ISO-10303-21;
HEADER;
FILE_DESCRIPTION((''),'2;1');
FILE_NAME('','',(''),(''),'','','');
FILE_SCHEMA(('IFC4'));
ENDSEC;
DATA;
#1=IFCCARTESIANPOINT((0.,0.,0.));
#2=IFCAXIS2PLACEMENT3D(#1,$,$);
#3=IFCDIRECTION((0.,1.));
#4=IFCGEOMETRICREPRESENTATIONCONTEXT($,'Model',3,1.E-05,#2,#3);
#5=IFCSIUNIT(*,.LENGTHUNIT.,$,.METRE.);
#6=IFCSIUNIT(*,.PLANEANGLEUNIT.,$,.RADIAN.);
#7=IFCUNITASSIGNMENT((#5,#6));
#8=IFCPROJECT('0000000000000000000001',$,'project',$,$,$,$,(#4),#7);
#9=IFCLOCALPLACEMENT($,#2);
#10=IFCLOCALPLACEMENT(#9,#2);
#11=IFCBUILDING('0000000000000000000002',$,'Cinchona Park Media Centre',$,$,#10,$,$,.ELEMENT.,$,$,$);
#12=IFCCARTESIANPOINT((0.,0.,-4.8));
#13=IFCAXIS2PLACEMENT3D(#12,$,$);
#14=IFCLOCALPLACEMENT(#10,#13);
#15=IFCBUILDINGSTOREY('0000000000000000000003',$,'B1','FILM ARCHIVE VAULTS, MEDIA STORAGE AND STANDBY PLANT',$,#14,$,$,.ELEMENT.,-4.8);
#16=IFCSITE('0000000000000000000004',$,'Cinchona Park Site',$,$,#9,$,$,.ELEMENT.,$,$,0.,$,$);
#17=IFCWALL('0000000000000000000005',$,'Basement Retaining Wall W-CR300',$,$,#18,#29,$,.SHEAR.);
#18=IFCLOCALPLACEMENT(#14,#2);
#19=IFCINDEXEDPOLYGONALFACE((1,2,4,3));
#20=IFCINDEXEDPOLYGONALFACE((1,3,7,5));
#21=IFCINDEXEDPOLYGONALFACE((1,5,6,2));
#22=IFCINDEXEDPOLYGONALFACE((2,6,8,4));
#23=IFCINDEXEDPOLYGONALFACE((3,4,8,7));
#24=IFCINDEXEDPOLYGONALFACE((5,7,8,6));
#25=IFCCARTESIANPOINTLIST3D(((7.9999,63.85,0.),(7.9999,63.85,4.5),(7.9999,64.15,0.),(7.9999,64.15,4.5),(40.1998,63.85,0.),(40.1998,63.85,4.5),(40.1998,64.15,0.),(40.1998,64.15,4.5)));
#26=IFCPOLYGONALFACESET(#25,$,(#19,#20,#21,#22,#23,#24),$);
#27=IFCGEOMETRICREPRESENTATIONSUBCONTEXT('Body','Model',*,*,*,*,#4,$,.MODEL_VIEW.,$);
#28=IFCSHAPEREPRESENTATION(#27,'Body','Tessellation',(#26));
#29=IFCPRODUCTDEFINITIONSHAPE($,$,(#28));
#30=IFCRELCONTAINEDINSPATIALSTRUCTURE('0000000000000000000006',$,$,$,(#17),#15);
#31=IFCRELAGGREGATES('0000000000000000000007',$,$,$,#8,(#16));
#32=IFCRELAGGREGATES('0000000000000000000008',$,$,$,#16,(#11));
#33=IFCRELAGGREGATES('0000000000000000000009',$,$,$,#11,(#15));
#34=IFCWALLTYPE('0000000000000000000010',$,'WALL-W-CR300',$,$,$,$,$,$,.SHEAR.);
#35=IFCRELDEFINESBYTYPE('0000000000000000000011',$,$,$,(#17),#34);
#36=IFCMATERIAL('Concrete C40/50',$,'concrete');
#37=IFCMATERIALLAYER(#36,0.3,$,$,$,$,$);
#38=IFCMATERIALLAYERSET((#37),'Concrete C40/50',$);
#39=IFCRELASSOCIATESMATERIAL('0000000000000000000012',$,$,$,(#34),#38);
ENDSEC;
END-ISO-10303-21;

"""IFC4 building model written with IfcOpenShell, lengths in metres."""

from ifc_helpers import new_model, si_unit, direction, frame, frame_2d, origin, place, context, subcontext, project, spatial, rectangle, extrude, material, layer, layer_set, type_object, element, save


model = new_model("IFC4")

# Units and contexts
model_context = context("Model", 3, precision=1e-05, world=origin(), true_north=direction((0.0, 1.0)))
body_context = subcontext(model_context, "Body", "Model", "MODEL_VIEW")
ifc_project = project(units=[si_unit("LENGTHUNIT", "METRE"), si_unit("PLANEANGLEUNIT", "RADIAN")], contexts=[model_context])

# Site, building, storey
site_placement = place(None, origin())
site = spatial("IfcSite", under=ifc_project, at=site_placement, Name="Cinchona Park Site", CompositionType="ELEMENT", RefElevation=0.0)
building_placement = place(site_placement, origin())
building = spatial("IfcBuilding", under=site, at=building_placement, Name="Cinchona Park Media Centre", CompositionType="ELEMENT")
storey_placement = place(building_placement, frame((0.0, 0.0, -4.8)))
storey = spatial("IfcBuildingStorey", under=building, at=storey_placement, Name="B1", Description="FILM ARCHIVE VAULTS, MEDIA STORAGE AND STANDBY PLANT", CompositionType="ELEMENT", Elevation=-4.8)

# Wall
ifc_material_1 = material(Name="Concrete C40/50", Category="concrete")
ifc_layer_1 = layer(ifc_material_1, 0.3)
ifc_layer_set_1 = layer_set([ifc_layer_1], Name="Concrete C40/50")
wall_type = type_object("IfcWallType", Name="WALL-W-CR300", PredefinedType="SHEAR", material=ifc_layer_set_1)
wall_placement = place(storey_placement, frame((40.2, 64.0, 0.0), z_axis=(0.0, 0.0, 1.0), x_axis=(-1.0, 0.0, 0.0)))
element("IfcWall", 1, at=wall_placement, inside=storey, type_object=wall_type, Name="Basement Retaining Wall W-CR300", PredefinedType="SHEAR", context=body_context, shape_type="SweptSolid", body=[
    extrude(rectangle(XDim=32.2, YDim=0.3, at=frame_2d((16.1001, 0.0))), origin(), (0.0, 0.0, 1.0), 4.5),
])

save(model, "model.ifc")
